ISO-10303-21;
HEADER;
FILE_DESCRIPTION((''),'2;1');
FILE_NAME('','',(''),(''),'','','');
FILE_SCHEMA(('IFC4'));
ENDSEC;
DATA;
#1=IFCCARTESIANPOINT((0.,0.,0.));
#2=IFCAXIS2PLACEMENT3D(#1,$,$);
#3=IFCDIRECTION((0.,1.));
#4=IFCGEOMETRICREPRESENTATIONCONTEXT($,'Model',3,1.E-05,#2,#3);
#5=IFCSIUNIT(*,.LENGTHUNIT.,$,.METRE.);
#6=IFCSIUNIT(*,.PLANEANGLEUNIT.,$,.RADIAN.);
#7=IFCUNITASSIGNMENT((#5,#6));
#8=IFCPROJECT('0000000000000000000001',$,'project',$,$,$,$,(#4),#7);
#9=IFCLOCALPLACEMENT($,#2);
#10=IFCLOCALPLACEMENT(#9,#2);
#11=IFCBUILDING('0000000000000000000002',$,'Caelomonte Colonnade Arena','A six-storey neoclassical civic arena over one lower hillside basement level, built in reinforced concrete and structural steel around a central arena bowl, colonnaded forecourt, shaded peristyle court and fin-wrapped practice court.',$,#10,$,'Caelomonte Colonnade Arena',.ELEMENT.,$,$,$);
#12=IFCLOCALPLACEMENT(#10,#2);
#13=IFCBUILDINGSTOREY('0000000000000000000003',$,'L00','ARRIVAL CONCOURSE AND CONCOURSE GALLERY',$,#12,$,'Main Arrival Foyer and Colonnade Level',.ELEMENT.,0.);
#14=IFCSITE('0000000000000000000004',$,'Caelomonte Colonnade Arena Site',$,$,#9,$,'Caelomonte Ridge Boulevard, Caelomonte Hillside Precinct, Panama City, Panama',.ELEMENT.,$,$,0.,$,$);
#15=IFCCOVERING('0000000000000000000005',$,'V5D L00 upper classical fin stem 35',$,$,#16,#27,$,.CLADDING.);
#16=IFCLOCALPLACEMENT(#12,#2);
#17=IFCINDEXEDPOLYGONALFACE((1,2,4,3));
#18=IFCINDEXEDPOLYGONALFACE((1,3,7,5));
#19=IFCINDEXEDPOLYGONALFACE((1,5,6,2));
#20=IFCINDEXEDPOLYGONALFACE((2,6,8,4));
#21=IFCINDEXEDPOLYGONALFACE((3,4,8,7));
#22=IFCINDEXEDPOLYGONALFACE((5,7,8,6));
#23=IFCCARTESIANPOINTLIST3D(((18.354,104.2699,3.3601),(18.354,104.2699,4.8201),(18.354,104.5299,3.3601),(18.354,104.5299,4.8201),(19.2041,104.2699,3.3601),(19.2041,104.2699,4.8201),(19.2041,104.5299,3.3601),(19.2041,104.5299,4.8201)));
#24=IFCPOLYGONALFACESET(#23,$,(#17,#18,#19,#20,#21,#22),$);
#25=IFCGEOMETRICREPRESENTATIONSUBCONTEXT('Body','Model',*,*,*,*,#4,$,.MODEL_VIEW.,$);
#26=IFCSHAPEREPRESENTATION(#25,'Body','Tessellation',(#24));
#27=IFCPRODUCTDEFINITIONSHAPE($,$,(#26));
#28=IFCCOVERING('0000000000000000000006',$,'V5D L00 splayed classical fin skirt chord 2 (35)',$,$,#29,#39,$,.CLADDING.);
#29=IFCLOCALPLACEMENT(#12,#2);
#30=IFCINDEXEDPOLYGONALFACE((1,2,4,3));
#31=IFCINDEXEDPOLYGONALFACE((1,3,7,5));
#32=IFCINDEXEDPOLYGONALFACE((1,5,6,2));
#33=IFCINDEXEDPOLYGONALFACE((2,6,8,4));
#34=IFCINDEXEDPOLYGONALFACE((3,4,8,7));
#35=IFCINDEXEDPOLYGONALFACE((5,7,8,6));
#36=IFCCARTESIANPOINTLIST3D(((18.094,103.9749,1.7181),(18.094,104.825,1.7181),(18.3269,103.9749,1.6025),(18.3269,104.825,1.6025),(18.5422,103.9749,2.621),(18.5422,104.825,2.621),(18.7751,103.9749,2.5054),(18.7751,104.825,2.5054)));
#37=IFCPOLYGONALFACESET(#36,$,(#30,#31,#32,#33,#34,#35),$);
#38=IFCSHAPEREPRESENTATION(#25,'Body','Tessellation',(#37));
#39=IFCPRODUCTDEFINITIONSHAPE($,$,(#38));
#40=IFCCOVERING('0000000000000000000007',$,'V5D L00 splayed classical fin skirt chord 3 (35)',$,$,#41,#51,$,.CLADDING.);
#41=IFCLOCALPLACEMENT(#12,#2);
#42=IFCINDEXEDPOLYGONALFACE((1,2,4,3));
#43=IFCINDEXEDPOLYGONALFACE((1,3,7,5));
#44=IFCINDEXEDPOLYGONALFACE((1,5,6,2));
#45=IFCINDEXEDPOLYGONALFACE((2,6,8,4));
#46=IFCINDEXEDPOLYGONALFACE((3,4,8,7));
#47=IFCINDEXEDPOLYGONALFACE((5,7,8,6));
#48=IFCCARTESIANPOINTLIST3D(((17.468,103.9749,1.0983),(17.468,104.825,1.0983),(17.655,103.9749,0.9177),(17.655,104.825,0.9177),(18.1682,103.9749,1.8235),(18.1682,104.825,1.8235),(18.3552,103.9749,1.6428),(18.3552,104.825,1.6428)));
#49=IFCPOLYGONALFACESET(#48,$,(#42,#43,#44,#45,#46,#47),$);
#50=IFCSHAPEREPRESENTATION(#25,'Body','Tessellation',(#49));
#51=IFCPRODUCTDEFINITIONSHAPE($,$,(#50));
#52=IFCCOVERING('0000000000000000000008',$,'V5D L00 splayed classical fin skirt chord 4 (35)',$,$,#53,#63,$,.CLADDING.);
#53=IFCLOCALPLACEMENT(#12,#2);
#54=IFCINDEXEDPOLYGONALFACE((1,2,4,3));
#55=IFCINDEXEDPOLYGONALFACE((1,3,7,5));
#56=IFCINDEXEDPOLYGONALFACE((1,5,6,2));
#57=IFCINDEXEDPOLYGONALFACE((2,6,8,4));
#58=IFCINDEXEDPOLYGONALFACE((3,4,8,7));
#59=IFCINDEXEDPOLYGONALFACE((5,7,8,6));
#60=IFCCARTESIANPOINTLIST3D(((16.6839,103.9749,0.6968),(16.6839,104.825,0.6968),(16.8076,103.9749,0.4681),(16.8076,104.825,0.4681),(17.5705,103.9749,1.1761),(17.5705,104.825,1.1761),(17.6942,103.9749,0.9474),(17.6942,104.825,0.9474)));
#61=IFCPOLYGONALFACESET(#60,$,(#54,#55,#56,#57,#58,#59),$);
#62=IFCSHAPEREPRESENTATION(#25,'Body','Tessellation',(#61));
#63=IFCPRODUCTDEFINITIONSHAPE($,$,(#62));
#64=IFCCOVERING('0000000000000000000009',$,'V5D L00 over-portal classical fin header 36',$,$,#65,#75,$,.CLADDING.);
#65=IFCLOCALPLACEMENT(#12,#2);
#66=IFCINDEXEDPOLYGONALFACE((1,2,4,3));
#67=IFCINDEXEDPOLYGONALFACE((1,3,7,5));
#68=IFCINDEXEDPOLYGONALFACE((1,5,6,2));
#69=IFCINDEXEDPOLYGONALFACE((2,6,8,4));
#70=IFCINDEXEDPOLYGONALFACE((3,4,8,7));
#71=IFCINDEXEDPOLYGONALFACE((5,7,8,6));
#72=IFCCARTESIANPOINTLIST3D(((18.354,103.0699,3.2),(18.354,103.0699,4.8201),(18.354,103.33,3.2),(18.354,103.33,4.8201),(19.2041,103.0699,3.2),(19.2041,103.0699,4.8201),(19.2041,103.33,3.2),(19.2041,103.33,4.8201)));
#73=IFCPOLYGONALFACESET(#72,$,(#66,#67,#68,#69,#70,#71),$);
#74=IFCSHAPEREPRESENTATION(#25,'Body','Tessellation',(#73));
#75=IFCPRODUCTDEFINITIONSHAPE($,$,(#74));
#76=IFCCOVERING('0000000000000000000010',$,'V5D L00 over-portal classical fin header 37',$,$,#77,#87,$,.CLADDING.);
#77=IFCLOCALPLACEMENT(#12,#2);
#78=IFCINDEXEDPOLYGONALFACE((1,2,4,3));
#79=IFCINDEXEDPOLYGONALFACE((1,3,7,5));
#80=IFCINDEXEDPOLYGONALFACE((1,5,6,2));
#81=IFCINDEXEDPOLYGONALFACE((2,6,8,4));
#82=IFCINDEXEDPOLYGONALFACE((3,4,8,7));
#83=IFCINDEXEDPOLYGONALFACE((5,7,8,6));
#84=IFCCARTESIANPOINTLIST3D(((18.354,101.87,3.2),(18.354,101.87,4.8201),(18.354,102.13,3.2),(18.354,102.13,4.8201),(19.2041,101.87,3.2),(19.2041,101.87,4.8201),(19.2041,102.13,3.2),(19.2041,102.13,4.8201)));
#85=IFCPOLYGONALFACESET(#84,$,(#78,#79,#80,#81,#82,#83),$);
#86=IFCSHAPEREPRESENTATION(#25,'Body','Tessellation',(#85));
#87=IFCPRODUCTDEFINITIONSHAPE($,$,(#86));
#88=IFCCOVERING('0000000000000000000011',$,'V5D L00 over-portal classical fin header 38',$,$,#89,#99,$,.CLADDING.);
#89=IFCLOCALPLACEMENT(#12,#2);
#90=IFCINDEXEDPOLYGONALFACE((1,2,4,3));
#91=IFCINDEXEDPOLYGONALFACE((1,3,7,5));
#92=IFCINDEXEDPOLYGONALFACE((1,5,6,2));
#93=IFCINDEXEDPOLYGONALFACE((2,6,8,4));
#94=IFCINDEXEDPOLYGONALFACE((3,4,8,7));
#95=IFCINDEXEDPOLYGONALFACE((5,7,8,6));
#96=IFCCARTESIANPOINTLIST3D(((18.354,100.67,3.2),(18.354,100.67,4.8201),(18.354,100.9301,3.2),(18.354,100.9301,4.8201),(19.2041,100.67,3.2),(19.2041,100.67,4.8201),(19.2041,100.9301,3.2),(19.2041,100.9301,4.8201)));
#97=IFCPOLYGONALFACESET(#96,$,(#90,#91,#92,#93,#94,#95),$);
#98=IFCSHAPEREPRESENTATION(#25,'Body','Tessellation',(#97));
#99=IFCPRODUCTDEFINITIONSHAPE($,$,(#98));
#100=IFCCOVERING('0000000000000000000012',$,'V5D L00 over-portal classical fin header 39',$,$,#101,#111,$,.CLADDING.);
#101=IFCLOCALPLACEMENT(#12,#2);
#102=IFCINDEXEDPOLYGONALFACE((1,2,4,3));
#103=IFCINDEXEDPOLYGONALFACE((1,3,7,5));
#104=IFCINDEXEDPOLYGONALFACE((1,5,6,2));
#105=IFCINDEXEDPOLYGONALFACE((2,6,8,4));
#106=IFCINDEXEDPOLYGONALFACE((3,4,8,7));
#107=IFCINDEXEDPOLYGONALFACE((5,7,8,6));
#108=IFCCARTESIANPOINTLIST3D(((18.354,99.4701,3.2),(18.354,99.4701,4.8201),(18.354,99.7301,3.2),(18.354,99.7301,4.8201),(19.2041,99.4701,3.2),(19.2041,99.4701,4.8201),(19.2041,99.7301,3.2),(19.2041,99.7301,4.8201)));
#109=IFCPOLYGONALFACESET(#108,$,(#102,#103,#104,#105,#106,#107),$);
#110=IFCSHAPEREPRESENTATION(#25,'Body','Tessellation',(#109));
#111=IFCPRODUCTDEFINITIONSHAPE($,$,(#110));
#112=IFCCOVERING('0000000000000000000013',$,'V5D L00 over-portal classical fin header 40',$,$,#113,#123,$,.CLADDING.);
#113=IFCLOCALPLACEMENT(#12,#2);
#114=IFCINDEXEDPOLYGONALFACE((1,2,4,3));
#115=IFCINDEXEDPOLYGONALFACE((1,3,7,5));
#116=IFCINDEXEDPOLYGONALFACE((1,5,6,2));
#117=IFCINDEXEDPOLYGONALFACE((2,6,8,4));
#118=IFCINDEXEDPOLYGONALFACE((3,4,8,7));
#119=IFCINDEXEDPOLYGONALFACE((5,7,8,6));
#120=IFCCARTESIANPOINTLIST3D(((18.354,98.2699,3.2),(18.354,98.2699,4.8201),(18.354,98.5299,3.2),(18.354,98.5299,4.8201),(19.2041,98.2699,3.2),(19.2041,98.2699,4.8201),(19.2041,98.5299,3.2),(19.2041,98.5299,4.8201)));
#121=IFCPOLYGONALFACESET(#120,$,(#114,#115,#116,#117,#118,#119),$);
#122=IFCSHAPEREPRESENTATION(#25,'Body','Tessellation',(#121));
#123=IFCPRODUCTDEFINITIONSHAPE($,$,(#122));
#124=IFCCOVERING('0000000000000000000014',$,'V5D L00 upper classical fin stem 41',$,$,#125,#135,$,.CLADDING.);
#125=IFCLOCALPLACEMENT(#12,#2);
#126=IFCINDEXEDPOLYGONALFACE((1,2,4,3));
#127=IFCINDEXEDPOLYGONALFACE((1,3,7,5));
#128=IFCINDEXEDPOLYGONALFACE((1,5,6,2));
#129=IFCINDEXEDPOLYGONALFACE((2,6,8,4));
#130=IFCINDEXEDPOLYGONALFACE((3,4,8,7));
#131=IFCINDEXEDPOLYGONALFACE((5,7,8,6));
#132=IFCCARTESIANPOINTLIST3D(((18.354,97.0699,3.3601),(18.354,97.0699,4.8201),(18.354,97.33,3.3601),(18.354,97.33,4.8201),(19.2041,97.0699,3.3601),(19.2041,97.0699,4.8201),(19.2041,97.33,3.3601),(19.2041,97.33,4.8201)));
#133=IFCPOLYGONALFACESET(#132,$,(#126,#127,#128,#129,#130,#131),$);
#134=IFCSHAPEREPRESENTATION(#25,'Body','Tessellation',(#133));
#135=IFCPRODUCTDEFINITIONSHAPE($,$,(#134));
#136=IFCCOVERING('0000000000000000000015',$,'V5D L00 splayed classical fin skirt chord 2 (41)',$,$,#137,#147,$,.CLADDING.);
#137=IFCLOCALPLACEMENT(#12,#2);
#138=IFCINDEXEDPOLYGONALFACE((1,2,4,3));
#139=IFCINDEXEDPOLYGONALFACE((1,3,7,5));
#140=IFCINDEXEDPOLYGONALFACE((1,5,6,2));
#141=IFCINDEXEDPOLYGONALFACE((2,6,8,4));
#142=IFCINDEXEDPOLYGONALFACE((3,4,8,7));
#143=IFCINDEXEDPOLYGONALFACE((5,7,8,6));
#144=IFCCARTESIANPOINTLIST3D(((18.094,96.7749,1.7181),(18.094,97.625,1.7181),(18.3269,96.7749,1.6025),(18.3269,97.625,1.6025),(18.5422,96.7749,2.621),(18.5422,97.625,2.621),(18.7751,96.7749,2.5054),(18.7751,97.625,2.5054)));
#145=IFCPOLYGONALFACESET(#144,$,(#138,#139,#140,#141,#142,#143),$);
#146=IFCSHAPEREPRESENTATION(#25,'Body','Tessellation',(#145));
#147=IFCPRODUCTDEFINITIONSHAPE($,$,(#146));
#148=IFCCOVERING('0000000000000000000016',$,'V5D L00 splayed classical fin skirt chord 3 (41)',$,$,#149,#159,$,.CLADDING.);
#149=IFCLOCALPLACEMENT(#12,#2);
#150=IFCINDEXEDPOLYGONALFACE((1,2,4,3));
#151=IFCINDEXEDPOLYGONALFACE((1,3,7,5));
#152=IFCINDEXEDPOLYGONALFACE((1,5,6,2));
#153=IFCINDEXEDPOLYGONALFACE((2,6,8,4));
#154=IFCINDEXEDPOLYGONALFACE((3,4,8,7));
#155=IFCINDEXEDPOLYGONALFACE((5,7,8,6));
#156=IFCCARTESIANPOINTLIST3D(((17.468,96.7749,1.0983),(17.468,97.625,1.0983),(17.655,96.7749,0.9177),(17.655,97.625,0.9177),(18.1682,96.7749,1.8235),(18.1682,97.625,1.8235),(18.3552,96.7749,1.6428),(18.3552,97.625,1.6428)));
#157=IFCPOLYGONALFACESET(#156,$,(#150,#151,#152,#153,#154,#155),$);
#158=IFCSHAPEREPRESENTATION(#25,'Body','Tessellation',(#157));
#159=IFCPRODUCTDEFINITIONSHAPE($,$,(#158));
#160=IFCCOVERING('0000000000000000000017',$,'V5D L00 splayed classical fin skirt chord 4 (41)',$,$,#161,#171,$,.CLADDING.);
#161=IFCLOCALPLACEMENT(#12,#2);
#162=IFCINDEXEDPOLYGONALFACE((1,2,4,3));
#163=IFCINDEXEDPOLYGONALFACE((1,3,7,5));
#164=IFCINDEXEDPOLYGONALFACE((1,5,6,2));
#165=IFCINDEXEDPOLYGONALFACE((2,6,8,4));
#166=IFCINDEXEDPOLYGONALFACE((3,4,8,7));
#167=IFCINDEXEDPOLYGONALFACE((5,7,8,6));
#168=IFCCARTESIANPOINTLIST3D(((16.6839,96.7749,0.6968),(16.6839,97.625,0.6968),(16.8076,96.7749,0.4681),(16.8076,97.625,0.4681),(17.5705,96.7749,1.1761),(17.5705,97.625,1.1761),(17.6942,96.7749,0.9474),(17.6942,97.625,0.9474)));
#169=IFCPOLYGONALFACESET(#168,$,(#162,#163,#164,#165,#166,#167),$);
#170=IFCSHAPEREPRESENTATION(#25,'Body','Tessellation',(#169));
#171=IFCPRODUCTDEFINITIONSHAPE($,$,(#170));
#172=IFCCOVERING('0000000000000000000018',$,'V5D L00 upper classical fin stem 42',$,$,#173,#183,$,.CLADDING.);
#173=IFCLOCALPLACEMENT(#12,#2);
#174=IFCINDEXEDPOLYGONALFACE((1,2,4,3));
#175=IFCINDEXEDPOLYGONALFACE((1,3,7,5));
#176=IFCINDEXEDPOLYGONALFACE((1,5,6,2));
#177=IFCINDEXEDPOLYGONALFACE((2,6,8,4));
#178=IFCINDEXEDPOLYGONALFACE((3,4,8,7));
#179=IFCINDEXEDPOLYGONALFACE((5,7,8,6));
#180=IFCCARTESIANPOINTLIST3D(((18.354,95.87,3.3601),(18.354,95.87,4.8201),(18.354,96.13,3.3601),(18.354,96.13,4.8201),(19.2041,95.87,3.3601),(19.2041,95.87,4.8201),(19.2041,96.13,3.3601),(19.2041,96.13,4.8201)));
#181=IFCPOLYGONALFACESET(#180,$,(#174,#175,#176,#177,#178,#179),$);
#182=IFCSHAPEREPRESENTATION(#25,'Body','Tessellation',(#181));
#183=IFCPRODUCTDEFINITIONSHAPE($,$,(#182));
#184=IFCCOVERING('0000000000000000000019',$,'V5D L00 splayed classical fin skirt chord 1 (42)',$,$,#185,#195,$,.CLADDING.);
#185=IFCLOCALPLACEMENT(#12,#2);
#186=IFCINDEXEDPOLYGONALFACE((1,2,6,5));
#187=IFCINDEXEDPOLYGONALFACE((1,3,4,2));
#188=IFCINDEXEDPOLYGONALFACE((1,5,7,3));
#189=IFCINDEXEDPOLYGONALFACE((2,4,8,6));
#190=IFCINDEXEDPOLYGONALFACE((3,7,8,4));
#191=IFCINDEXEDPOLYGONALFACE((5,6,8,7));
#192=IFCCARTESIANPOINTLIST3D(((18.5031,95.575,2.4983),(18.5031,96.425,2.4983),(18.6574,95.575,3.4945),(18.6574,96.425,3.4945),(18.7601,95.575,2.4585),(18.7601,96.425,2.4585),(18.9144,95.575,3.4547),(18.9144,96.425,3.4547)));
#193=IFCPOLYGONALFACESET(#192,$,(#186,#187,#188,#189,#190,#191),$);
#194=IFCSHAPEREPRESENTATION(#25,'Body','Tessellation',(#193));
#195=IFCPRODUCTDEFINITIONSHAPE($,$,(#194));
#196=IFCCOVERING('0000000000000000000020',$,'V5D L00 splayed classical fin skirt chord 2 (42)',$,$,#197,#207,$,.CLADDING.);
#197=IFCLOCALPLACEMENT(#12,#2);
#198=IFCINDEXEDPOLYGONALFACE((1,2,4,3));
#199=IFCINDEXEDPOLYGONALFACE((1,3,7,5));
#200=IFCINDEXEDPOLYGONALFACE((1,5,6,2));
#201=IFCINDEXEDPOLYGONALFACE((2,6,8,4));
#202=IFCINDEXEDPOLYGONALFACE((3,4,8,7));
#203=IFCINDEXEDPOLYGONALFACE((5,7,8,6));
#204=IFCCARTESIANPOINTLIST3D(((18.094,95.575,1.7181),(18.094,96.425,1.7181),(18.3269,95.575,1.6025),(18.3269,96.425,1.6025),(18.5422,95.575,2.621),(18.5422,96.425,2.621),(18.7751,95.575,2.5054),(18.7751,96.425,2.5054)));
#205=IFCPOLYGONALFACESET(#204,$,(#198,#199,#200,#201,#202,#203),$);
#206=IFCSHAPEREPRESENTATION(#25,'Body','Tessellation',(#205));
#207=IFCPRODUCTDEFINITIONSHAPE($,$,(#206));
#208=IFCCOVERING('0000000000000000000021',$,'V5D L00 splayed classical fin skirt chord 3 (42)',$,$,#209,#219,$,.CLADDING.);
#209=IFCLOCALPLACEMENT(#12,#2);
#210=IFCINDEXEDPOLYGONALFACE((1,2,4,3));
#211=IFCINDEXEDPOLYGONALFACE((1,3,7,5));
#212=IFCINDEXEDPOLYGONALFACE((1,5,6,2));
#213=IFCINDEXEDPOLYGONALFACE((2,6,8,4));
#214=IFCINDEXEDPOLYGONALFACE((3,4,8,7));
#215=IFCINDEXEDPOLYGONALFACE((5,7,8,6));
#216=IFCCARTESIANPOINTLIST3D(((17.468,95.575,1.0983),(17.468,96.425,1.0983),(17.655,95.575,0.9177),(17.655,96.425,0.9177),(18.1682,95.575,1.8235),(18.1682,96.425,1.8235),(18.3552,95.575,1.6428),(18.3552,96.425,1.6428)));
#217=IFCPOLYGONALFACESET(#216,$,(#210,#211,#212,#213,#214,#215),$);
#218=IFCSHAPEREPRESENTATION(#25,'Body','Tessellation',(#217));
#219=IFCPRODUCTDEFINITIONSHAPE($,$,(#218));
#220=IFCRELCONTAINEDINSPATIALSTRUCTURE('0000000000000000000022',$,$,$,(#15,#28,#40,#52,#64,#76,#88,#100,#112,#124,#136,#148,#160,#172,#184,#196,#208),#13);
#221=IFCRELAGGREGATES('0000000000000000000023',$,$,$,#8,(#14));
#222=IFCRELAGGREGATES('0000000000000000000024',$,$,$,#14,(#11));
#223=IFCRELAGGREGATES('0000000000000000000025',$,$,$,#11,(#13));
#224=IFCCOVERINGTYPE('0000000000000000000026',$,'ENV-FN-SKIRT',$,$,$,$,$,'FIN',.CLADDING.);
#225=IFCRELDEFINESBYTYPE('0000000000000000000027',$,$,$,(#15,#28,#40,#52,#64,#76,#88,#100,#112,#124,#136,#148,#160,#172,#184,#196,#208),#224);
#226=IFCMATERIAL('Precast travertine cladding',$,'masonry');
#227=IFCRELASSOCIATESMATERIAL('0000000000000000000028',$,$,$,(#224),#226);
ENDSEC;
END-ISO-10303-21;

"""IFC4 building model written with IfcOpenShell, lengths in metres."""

from ifc_helpers import new_model, si_unit, direction, frame, origin, origin_2d, place, context, subcontext, project, spatial, rectangle, extrude, material, material_profile, profile_set, type_object, element, save


model = new_model("IFC4")

# Units and contexts
model_context = context("Model", 3, precision=1e-05, world=origin(), true_north=direction((0.0, 1.0)))
body_context = subcontext(model_context, "Body", "Model", "MODEL_VIEW")
ifc_project = project(units=[si_unit("LENGTHUNIT", "METRE"), si_unit("PLANEANGLEUNIT", "RADIAN")], contexts=[model_context])

# Site, building, storey
site_placement = place(None, origin())
site = spatial("IfcSite", under=ifc_project, at=site_placement, Name="Caelomonte Colonnade Arena Site", LongName="Caelomonte Ridge Boulevard, Caelomonte Hillside Precinct, Panama City, Panama", CompositionType="ELEMENT", RefElevation=0.0)
building_placement = place(site_placement, origin())
building = spatial("IfcBuilding", under=site, at=building_placement, Name="Caelomonte Colonnade Arena", Description="A six-storey neoclassical civic arena over one lower hillside basement level, built in reinforced concrete and structural steel around a central arena bowl, colonnaded forecourt, shaded peristyle court and fin-wrapped practice court.", LongName="Caelomonte Colonnade Arena", CompositionType="ELEMENT")
storey_placement = place(building_placement, origin())
storey = spatial("IfcBuildingStorey", under=building, at=storey_placement, Name="L00", Description="ARRIVAL CONCOURSE AND CONCOURSE GALLERY", LongName="Main Arrival Foyer and Colonnade Level", CompositionType="ELEMENT", Elevation=0.0)

# Coverings
ifc_material = material(Name="Precast travertine cladding", Category="masonry")
ifc_material_profile = material_profile(ifc_material, rectangle(XDim=0.26, YDim=0.8501, at=origin_2d()), Name="FIN260X850")
ifc_profile_set = profile_set([ifc_material_profile], Name="Precast travertine cladding")
covering_type = type_object("IfcCoveringType", Name="ENV-FN-SKIRT", ElementType="FIN", PredefinedType="CLADDING", material=ifc_profile_set)
covering_1_placement = place(storey_placement, frame((18.7791, 104.3999, 3.3601), z_axis=(0.0, 0.0, 1.0), x_axis=(0.0, 1.0, 0.0)))
element("IfcCovering", 1, at=covering_1_placement, inside=storey, type_object=covering_type, Name="V5D L00 upper classical fin stem 35", PredefinedType="CLADDING", context=body_context, shape_type="SweptSolid", body=[
    extrude(rectangle(XDim=0.26, YDim=0.8501, at=origin_2d()), origin(), (0.0, 0.0, 1.0), 1.46),
])
for number, where, z_axis, x_axis, name in (
    (2, (18.6587, 104.3999, 2.5632), (-0.444693, 0.0, -0.895683), (-0.895683, 0.0, 0.444693), "V5D L00 splayed classical fin skirt chord 2 (35)"),
    (3, (18.2617, 104.3999, 1.7332), (-0.694646, 0.0, -0.719351), (-0.719351, 0.0, 0.694646), "V5D L00 splayed classical fin skirt chord 3 (35)"),
):
    element("IfcCovering", number, at=place(storey_placement, frame(where, z_axis=z_axis, x_axis=x_axis)), inside=storey, type_object=covering_type, Name=name, PredefinedType="CLADDING", context=body_context, shape_type="SweptSolid", body=[
        extrude(rectangle(XDim=0.26, YDim=0.8501, at=origin_2d()), origin(), (0.0, 0.0, 1.0), 1.0081),
    ])
covering_2_placement = place(storey_placement, frame((17.6323, 104.3999, 1.0618), z_axis=(-0.879676, 0.0, -0.475573), x_axis=(-0.475573, 0.0, 0.879676)))
element("IfcCovering", 4, at=covering_2_placement, inside=storey, type_object=covering_type, Name="V5D L00 splayed classical fin skirt chord 4 (35)", PredefinedType="CLADDING", context=body_context, shape_type="SweptSolid", body=[
    extrude(rectangle(XDim=0.26, YDim=0.8501, at=origin_2d()), origin(), (0.0, 0.0, 1.0), 1.0078),
])
for number, where, z_axis, x_axis, name in (
    (5, (18.7791, 103.2, 3.2), (0.0, 0.0, 1.0), (0.0, 1.0, 0.0), "V5D L00 over-portal classical fin header 36"),
    (6, (18.7791, 102.0, 3.2), (0.0, 0.0, 1.0), (0.0, 1.0, 0.0), "V5D L00 over-portal classical fin header 37"),
    (7, (18.7791, 100.8, 3.2), (0.0, 0.0, 1.0), (0.0, 1.0, 0.0), "V5D L00 over-portal classical fin header 38"),
    (8, (18.7791, 99.6001, 3.2), (0.0, 0.0, 1.0), (0.0, 1.0, 0.0), "V5D L00 over-portal classical fin header 39"),
    (9, (18.7791, 98.3999, 3.2), (0.0, 0.0, 1.0), (0.0, 1.0, 0.0), "V5D L00 over-portal classical fin header 40"),
):
    element("IfcCovering", number, at=place(storey_placement, frame(where, z_axis=z_axis, x_axis=x_axis)), inside=storey, type_object=covering_type, Name=name, PredefinedType="CLADDING", context=body_context, shape_type="SweptSolid", body=[
        extrude(rectangle(XDim=0.26, YDim=0.8501, at=origin_2d()), origin(), (0.0, 0.0, 1.0), 1.6201),
    ])
covering_3_placement = place(storey_placement, frame((18.7791, 97.2, 3.3601), z_axis=(0.0, 0.0, 1.0), x_axis=(0.0, 1.0, 0.0)))
element("IfcCovering", 10, at=covering_3_placement, inside=storey, type_object=covering_type, Name="V5D L00 upper classical fin stem 41", PredefinedType="CLADDING", context=body_context, shape_type="SweptSolid", body=[
    extrude(rectangle(XDim=0.26, YDim=0.8501, at=origin_2d()), origin(), (0.0, 0.0, 1.0), 1.46),
])
for number, where, z_axis, x_axis, name in (
    (11, (18.6587, 97.2, 2.5632), (-0.444693, 0.0, -0.895683), (-0.895683, 0.0, 0.444693), "V5D L00 splayed classical fin skirt chord 2 (41)"),
    (12, (18.2617, 97.2, 1.7332), (-0.694646, 0.0, -0.719351), (-0.719351, 0.0, 0.694646), "V5D L00 splayed classical fin skirt chord 3 (41)"),
):
    element("IfcCovering", number, at=place(storey_placement, frame(where, z_axis=z_axis, x_axis=x_axis)), inside=storey, type_object=covering_type, Name=name, PredefinedType="CLADDING", context=body_context, shape_type="SweptSolid", body=[
        extrude(rectangle(XDim=0.26, YDim=0.8501, at=origin_2d()), origin(), (0.0, 0.0, 1.0), 1.0081),
    ])
covering_4_placement = place(storey_placement, frame((17.6323, 97.2, 1.0618), z_axis=(-0.879676, 0.0, -0.475573), x_axis=(-0.475573, 0.0, 0.879676)))
element("IfcCovering", 13, at=covering_4_placement, inside=storey, type_object=covering_type, Name="V5D L00 splayed classical fin skirt chord 4 (41)", PredefinedType="CLADDING", context=body_context, shape_type="SweptSolid", body=[
    extrude(rectangle(XDim=0.26, YDim=0.8501, at=origin_2d()), origin(), (0.0, 0.0, 1.0), 1.0078),
])
covering_5_placement = place(storey_placement, frame((18.7791, 96.0, 3.3601), z_axis=(0.0, 0.0, 1.0), x_axis=(0.0, 1.0, 0.0)))
element("IfcCovering", 14, at=covering_5_placement, inside=storey, type_object=covering_type, Name="V5D L00 upper classical fin stem 42", PredefinedType="CLADDING", context=body_context, shape_type="SweptSolid", body=[
    extrude(rectangle(XDim=0.26, YDim=0.8501, at=origin_2d()), origin(), (0.0, 0.0, 1.0), 1.46),
])
for number, where, z_axis, x_axis, name in (
    (15, (18.7859, 96.0, 3.4746), (-0.153076, 0.0, -0.988214), (-0.988214, 0.0, 0.153076), "V5D L00 splayed classical fin skirt chord 1 (42)"),
    (16, (18.6587, 96.0, 2.5632), (-0.444693, 0.0, -0.895683), (-0.895683, 0.0, 0.444693), "V5D L00 splayed classical fin skirt chord 2 (42)"),
    (17, (18.2617, 96.0, 1.7332), (-0.694646, 0.0, -0.719351), (-0.719351, 0.0, 0.694646), "V5D L00 splayed classical fin skirt chord 3 (42)"),
):
    element("IfcCovering", number, at=place(storey_placement, frame(where, z_axis=z_axis, x_axis=x_axis)), inside=storey, type_object=covering_type, Name=name, PredefinedType="CLADDING", context=body_context, shape_type="SweptSolid", body=[
        extrude(rectangle(XDim=0.26, YDim=0.8501, at=origin_2d()), origin(), (0.0, 0.0, 1.0), 1.0081),
    ])

save(model, "model.ifc")
